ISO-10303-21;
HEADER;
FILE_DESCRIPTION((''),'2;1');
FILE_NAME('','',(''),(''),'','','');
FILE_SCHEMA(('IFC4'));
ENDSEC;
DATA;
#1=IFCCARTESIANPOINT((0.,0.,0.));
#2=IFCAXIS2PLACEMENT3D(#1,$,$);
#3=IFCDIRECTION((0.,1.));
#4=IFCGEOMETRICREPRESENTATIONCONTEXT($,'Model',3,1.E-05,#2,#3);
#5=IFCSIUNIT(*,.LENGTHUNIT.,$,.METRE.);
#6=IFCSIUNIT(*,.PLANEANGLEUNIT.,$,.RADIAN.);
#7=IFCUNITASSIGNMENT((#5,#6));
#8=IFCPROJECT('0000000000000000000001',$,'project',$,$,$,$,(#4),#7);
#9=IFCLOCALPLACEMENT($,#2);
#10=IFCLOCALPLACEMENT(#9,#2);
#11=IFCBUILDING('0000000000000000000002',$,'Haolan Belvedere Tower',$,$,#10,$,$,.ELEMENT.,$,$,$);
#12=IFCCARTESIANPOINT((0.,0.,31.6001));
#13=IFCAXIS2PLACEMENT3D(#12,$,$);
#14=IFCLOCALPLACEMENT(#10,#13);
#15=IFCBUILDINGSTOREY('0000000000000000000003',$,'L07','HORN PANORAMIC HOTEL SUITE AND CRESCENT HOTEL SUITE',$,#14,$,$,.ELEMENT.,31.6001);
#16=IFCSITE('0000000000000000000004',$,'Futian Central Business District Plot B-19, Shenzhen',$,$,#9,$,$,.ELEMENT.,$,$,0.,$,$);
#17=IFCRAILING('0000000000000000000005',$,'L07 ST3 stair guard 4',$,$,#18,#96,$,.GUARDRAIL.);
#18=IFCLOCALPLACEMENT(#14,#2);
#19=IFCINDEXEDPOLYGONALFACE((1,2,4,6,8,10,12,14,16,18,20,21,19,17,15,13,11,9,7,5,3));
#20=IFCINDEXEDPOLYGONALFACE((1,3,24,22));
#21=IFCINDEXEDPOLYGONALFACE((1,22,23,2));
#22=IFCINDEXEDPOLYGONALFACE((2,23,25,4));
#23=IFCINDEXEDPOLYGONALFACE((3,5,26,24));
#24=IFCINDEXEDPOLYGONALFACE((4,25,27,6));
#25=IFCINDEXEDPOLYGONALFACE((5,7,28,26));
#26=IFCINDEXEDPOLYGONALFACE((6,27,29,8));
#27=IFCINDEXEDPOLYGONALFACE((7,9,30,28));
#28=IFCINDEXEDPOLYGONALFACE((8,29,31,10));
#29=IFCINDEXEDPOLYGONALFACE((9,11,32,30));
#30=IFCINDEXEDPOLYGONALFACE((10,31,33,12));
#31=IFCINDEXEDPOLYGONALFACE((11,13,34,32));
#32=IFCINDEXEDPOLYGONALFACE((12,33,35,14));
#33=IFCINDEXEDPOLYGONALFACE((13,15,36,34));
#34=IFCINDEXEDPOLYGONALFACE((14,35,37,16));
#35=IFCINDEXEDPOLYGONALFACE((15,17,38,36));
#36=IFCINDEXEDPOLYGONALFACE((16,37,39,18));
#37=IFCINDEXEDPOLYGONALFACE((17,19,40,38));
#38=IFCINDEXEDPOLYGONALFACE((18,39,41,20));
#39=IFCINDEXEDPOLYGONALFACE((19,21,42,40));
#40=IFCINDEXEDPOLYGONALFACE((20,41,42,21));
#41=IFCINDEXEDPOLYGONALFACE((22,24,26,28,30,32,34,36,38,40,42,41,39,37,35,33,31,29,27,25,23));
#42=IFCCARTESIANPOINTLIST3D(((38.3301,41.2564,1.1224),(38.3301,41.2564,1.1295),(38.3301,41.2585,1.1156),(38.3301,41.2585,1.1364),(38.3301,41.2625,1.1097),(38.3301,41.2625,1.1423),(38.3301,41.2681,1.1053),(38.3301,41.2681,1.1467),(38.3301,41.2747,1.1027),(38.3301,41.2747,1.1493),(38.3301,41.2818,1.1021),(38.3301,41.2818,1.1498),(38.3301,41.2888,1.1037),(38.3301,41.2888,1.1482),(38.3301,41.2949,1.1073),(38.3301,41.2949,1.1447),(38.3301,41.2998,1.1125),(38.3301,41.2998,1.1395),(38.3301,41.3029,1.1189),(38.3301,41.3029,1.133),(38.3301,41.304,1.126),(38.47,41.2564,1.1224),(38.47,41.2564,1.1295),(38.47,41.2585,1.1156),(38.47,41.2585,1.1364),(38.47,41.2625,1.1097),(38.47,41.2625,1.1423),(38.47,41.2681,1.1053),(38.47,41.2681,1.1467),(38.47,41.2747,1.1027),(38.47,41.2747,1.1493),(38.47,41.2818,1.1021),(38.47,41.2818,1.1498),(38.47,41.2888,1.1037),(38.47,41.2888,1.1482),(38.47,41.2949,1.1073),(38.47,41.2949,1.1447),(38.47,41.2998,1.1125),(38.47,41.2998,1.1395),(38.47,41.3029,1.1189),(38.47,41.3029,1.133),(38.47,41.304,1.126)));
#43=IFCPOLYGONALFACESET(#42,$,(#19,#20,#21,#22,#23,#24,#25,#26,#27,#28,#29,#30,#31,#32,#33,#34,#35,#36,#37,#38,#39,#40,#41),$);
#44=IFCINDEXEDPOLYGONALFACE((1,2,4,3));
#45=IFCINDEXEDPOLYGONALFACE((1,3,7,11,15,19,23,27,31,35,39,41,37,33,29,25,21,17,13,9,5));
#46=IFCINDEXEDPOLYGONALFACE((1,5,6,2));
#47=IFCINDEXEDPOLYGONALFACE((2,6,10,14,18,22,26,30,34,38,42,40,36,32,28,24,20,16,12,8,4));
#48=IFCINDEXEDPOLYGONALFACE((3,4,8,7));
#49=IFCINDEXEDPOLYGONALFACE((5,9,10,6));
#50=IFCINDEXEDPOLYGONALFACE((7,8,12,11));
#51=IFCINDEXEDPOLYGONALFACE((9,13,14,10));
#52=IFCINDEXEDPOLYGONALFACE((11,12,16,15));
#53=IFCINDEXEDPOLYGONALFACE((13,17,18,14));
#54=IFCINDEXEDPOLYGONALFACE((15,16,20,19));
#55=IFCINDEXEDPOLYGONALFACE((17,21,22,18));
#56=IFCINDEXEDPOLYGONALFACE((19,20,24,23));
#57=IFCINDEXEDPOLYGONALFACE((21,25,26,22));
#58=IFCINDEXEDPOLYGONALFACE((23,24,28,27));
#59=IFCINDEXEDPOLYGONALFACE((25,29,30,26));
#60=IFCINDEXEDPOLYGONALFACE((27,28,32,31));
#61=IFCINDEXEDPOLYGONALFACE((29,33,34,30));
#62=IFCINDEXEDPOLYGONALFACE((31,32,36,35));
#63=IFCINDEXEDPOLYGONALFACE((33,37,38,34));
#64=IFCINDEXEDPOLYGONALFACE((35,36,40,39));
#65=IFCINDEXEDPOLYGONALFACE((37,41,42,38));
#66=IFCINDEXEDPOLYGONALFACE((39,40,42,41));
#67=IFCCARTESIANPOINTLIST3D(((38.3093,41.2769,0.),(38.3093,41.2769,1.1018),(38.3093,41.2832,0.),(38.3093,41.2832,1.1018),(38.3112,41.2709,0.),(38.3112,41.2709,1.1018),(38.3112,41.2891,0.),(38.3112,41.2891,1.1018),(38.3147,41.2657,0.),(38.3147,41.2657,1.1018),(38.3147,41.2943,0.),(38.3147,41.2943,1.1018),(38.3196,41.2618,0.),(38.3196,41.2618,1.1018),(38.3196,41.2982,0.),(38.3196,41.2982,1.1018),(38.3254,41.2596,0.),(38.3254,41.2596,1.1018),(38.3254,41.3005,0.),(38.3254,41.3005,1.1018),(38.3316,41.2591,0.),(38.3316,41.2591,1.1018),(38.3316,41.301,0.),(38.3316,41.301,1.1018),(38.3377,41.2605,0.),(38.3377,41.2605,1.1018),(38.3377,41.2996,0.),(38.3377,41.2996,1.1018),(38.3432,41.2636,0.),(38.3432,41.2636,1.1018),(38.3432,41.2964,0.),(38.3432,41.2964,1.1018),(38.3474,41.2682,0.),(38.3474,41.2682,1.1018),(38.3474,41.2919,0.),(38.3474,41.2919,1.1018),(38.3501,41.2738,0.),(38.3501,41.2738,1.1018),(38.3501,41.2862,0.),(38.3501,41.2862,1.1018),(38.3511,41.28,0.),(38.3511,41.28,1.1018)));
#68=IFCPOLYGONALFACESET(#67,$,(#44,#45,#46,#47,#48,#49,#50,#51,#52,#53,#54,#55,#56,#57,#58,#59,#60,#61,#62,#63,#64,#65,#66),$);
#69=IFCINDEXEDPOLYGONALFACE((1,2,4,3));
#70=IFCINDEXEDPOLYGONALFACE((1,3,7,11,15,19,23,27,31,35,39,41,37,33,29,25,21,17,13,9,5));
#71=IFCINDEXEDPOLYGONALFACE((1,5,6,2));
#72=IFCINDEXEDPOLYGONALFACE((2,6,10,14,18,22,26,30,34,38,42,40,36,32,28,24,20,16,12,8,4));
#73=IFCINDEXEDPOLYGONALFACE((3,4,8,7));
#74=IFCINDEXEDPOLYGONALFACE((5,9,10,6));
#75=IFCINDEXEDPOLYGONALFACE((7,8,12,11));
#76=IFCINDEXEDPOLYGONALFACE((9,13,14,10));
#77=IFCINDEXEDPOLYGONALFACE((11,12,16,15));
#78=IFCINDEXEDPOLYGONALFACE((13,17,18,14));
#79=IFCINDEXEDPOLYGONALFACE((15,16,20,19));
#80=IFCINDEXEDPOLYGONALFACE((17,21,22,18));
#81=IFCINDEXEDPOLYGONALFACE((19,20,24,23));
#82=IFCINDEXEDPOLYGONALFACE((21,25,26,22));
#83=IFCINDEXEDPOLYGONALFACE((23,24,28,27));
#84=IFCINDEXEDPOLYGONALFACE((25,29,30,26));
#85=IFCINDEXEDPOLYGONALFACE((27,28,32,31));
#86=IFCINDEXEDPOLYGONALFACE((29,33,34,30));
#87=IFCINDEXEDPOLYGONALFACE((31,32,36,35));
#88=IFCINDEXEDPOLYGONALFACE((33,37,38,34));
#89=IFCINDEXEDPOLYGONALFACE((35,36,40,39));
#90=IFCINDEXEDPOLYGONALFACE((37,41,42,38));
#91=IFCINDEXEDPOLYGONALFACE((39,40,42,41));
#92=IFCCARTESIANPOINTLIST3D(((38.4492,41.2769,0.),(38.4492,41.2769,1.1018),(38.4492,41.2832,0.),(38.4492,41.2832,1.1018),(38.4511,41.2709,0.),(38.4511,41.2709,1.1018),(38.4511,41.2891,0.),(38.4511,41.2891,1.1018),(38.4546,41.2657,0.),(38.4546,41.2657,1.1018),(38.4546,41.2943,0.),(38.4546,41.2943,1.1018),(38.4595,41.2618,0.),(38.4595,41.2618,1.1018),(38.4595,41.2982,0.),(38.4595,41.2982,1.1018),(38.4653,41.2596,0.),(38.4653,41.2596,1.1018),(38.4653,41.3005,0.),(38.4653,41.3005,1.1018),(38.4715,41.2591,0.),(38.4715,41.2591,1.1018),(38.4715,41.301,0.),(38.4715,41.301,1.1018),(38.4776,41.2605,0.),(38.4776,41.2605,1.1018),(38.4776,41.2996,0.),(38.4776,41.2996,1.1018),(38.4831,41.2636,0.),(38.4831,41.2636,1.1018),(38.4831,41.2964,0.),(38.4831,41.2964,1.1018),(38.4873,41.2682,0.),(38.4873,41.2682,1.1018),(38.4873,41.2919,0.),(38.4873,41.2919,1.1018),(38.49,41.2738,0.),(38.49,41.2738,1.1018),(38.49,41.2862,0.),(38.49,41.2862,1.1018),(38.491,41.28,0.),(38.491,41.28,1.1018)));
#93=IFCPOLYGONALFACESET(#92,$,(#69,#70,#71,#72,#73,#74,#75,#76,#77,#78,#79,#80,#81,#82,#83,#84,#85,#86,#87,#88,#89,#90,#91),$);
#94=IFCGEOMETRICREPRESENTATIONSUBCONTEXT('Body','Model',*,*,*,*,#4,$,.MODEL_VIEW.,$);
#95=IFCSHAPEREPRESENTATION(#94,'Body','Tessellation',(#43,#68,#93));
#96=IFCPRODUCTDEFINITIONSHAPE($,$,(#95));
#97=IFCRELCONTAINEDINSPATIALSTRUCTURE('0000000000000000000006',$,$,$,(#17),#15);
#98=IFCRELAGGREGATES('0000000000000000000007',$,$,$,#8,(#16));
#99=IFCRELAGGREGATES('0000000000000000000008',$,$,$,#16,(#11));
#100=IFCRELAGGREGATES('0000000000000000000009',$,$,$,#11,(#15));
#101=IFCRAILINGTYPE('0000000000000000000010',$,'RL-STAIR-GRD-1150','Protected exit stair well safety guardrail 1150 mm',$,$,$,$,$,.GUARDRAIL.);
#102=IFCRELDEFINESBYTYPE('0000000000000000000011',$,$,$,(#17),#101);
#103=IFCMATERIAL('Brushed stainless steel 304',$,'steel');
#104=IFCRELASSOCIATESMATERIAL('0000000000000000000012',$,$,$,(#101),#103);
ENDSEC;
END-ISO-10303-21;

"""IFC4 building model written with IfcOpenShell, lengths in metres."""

from ifc_helpers import new_model, si_unit, direction, frame, origin, origin_2d, place, context, subcontext, project, spatial, circle, extrude, material, type_object, element, save


model = new_model("IFC4")

# Units and contexts
model_context = context("Model", 3, precision=1e-05, world=origin(), true_north=direction((0.0, 1.0)))
body_context = subcontext(model_context, "Body", "Model", "MODEL_VIEW")
ifc_project = project(units=[si_unit("LENGTHUNIT", "METRE"), si_unit("PLANEANGLEUNIT", "RADIAN")], contexts=[model_context])

# Site, building, storey
site_placement = place(None, origin())
site = spatial("IfcSite", under=ifc_project, at=site_placement, Name="Futian Central Business District Plot B-19, Shenzhen", CompositionType="ELEMENT", RefElevation=0.0)
building_placement = place(site_placement, origin())
building = spatial("IfcBuilding", under=site, at=building_placement, Name="Haolan Belvedere Tower", CompositionType="ELEMENT")
storey_placement = place(building_placement, frame((0.0, 0.0, 31.6001)))
storey = spatial("IfcBuildingStorey", under=building, at=storey_placement, Name="L07", Description="HORN PANORAMIC HOTEL SUITE AND CRESCENT HOTEL SUITE", CompositionType="ELEMENT", Elevation=31.6001)

# Railing
ifc_material_1 = material(Name="Brushed stainless steel 304", Category="steel")
railing_type = type_object("IfcRailingType", Name="RL-STAIR-GRD-1150", Description="Protected exit stair well safety guardrail 1150 mm", PredefinedType="GUARDRAIL", material=ifc_material_1)
railing_1_placement = place(storey_placement, frame((38.3301, 41.28, 0.0)))
element("IfcRailing", 1, at=railing_1_placement, inside=storey, type_object=railing_type, Name="L07 ST3 stair guard 4", PredefinedType="GUARDRAIL", context=body_context, shape_type="SweptSolid", body=[
    extrude(circle(Radius=0.0239, at=origin_2d()), frame((0.0, 0.0, 1.126), z_axis=(1.0, 0.0, 0.0), x_axis=(0.0, 1.0, 0.0)), (0.0, 0.0, 1.0), 0.1399),
    extrude(circle(Radius=0.021, at=origin_2d()), origin(), (0.0, 0.0, 1.0), 1.1018),
    extrude(circle(Radius=0.021, at=origin_2d()), frame((0.1399, 0.0, 0.0)), (0.0, 0.0, 1.0), 1.1018),
])

save(model, "model.ifc")
